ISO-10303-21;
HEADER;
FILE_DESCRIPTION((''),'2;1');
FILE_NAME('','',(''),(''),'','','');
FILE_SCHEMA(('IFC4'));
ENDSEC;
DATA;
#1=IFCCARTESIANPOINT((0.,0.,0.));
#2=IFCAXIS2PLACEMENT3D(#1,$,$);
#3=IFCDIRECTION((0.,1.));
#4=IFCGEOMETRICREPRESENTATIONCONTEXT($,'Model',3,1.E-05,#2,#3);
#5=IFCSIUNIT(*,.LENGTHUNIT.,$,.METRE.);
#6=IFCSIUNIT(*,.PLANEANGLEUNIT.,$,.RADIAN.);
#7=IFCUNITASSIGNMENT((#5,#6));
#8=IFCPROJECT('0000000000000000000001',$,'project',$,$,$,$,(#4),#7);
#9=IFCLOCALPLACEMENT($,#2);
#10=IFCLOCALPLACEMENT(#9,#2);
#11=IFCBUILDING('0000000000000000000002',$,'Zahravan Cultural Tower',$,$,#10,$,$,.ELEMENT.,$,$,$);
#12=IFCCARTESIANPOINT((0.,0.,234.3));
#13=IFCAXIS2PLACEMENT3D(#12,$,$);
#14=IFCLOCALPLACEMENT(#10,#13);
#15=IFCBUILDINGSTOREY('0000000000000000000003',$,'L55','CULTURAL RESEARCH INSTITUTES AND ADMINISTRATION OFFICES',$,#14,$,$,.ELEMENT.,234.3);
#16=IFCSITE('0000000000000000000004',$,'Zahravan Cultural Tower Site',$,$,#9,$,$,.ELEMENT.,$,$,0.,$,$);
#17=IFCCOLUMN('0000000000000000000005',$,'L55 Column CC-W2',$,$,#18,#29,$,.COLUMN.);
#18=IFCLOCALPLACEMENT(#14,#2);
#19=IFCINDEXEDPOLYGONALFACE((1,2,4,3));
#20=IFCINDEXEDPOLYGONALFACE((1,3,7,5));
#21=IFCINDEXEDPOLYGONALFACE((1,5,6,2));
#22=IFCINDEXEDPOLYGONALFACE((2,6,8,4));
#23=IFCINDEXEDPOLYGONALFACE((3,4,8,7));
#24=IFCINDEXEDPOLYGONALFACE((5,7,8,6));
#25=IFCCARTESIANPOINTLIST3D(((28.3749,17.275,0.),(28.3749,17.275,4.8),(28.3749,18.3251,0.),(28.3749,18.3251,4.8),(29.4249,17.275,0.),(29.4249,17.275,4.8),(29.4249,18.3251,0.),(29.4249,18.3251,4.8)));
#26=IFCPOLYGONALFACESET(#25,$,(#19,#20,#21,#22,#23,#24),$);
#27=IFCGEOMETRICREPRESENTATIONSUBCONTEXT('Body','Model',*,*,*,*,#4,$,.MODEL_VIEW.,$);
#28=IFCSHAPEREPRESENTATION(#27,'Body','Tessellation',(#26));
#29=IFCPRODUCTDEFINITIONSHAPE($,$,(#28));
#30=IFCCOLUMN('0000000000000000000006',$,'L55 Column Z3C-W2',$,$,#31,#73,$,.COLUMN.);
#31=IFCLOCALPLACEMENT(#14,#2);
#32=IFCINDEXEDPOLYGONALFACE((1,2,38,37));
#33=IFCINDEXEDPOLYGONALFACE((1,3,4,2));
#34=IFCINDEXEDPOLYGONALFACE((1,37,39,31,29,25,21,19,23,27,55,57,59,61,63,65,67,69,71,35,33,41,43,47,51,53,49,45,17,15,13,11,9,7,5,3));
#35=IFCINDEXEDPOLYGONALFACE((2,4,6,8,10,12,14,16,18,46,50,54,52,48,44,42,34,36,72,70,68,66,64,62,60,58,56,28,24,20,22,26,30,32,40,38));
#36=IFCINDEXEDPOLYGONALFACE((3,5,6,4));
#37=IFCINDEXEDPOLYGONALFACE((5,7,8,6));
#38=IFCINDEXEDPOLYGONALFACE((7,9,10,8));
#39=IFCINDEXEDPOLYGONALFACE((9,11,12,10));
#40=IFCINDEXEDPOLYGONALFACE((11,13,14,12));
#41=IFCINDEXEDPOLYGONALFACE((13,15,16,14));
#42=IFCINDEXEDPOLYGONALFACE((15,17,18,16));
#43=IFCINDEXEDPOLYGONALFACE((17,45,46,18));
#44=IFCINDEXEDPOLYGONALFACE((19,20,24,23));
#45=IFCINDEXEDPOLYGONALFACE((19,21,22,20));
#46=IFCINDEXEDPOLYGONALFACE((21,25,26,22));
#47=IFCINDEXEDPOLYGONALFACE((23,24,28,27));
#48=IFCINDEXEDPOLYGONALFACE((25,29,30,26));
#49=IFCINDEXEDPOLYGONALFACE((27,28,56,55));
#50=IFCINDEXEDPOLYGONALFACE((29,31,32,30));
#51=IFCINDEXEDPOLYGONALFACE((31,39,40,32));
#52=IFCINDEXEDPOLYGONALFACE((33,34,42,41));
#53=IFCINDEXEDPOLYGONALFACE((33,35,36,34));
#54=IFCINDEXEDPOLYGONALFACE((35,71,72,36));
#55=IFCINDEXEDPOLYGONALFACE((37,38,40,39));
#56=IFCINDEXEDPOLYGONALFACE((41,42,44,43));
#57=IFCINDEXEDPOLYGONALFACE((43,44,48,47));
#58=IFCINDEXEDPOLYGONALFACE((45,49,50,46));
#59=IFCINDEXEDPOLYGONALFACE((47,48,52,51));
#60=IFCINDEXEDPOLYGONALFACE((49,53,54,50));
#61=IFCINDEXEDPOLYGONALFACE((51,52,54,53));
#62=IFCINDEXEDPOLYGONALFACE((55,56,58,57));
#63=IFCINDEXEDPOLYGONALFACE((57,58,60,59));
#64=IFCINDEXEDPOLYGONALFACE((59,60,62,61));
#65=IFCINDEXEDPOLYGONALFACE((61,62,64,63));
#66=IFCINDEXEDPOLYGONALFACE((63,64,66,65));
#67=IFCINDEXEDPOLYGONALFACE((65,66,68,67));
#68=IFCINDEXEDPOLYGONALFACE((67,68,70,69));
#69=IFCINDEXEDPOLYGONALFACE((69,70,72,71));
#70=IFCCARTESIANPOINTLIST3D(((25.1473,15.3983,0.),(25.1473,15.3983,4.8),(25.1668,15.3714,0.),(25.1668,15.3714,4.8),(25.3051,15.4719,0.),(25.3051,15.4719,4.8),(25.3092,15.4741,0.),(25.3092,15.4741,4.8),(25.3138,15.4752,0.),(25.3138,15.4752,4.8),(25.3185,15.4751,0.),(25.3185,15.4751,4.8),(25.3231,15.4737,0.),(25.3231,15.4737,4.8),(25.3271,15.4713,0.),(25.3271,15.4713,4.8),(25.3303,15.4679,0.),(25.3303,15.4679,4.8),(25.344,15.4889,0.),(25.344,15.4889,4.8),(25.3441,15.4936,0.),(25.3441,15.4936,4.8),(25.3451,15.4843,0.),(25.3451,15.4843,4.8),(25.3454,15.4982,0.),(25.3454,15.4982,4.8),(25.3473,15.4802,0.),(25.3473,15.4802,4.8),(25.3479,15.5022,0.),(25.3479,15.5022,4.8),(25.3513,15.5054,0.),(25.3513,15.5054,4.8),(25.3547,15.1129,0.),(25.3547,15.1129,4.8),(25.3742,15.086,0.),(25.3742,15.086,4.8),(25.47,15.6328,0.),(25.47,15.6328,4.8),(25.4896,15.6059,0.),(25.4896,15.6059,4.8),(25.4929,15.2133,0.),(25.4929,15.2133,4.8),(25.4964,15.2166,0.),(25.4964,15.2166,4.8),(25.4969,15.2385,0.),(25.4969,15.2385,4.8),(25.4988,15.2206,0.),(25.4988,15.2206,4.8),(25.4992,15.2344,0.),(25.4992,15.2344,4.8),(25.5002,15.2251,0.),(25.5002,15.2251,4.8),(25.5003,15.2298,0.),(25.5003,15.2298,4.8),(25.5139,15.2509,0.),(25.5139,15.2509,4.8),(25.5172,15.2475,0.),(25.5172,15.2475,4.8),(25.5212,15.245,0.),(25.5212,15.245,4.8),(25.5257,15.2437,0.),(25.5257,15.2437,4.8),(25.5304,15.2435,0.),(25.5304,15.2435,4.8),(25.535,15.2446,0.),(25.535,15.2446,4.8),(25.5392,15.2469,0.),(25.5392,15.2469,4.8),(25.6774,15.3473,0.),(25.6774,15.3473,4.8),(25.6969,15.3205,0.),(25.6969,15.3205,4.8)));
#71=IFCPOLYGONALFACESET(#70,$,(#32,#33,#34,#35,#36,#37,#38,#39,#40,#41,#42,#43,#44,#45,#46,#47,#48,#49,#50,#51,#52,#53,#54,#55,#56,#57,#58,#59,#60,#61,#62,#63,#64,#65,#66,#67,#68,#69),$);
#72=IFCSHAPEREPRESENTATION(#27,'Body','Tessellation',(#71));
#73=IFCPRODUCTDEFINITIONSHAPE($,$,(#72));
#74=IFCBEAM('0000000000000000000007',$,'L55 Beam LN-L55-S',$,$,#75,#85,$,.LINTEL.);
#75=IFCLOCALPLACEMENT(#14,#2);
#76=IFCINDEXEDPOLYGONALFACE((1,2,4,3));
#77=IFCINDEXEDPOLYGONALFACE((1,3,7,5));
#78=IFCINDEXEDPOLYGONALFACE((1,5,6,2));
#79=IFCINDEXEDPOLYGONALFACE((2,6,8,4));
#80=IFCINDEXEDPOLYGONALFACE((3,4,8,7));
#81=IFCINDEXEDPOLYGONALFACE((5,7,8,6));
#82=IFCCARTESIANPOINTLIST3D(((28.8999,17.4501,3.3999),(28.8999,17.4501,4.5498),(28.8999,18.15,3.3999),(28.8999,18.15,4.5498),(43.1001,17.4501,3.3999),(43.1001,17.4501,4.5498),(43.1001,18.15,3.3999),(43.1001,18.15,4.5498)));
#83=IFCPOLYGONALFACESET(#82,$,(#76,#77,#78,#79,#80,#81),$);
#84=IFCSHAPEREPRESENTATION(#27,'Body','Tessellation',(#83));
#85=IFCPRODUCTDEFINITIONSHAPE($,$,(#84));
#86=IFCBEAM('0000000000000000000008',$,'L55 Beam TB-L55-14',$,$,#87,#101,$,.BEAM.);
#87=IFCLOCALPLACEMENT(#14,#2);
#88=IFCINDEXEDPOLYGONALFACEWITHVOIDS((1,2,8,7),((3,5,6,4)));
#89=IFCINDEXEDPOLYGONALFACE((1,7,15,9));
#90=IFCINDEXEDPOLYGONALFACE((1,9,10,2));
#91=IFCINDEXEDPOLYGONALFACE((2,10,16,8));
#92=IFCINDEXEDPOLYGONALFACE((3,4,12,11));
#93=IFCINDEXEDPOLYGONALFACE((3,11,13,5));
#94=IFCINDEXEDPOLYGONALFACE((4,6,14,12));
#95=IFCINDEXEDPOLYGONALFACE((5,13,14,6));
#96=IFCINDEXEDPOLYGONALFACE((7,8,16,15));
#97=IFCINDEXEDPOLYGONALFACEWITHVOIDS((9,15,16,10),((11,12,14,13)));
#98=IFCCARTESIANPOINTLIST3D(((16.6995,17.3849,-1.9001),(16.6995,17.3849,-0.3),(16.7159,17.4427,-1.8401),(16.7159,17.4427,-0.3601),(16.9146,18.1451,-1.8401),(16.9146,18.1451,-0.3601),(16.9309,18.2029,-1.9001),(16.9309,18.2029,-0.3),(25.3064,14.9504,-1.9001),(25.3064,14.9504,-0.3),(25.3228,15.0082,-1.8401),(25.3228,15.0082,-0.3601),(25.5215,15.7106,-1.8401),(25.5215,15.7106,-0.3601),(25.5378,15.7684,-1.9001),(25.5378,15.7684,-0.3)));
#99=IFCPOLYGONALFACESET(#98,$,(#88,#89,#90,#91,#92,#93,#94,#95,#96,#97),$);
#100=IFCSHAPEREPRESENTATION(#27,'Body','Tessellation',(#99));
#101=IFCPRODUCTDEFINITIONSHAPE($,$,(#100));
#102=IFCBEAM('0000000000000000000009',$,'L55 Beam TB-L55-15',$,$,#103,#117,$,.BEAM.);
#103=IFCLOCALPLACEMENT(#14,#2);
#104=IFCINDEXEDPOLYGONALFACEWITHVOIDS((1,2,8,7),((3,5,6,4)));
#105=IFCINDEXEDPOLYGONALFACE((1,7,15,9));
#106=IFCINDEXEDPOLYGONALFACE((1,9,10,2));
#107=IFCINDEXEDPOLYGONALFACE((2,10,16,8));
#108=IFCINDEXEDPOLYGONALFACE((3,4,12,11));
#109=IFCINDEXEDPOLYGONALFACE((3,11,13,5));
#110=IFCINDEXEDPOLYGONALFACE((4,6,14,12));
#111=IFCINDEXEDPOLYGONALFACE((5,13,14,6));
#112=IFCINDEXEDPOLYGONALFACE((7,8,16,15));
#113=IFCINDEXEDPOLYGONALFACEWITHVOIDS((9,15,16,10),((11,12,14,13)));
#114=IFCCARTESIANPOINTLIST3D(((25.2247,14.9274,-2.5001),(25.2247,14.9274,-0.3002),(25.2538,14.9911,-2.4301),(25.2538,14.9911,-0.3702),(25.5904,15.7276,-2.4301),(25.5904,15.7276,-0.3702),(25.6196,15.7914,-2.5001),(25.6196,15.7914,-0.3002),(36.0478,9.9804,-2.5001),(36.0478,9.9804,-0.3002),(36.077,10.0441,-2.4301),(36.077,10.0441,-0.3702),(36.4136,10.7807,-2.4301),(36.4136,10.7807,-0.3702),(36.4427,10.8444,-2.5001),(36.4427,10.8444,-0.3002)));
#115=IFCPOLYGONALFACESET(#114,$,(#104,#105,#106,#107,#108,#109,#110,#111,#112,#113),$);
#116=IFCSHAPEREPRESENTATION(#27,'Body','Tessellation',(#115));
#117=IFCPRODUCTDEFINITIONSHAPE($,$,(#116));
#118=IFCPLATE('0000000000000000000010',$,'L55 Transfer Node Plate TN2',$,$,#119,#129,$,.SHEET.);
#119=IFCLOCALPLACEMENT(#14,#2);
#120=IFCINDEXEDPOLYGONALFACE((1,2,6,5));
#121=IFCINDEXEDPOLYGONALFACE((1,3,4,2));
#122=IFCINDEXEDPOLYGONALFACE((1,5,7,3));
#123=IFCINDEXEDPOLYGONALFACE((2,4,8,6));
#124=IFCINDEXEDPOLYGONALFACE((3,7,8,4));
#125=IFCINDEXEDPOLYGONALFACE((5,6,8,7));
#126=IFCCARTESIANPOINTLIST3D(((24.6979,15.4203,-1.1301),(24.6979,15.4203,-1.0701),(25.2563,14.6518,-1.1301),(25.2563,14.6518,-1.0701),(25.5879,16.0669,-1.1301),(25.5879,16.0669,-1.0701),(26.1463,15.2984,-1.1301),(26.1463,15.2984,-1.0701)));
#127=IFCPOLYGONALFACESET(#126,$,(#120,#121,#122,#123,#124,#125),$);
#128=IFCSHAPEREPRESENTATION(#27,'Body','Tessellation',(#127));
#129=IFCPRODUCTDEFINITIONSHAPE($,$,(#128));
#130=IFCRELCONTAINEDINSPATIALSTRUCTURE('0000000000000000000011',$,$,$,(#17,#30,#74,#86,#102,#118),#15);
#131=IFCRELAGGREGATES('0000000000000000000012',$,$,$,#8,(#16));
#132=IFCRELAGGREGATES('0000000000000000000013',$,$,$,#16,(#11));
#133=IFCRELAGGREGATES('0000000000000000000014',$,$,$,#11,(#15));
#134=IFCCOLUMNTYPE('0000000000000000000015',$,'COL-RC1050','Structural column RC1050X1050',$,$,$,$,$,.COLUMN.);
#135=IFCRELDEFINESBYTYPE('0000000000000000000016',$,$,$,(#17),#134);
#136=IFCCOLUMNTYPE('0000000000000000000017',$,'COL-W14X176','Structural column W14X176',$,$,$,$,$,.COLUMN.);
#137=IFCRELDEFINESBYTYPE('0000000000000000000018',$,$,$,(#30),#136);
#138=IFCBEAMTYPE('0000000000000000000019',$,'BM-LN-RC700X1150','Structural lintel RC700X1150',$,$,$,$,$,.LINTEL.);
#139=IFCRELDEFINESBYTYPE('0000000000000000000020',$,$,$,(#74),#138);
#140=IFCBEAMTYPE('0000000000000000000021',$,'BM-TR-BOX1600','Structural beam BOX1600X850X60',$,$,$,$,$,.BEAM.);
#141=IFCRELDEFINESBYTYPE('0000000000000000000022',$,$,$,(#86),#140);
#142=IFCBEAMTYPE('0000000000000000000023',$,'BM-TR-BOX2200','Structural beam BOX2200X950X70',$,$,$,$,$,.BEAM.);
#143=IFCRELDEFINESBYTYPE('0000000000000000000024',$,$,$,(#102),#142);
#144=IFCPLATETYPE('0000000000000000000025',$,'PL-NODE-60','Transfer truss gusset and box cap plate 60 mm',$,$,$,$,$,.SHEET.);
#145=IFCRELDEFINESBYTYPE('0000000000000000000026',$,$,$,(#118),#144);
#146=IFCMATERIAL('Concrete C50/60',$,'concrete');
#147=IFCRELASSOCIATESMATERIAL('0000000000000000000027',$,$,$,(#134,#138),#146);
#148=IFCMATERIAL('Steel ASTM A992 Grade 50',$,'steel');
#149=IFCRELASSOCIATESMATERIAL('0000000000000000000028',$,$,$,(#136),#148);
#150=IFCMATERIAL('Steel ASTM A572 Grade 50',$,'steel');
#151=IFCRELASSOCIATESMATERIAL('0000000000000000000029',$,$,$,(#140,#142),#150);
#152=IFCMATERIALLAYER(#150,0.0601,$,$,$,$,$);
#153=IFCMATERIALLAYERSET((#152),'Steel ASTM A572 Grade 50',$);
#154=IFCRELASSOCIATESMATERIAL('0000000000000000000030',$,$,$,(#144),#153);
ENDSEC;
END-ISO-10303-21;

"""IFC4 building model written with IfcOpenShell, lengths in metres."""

from ifc_helpers import new_model, si_unit, direction, frame, origin, origin_2d, place, context, subcontext, project, spatial, rectangle, hollow_rectangle, i_section, extrude, source, transform, mapped, material, layer, layer_set, material_profile, profile_set, type_object, element, save


model = new_model("IFC4")

# Units and contexts
model_context = context("Model", 3, precision=1e-05, world=origin(), true_north=direction((0.0, 1.0)))
body_context = subcontext(model_context, "Body", "Model", "MODEL_VIEW")
ifc_project = project(units=[si_unit("LENGTHUNIT", "METRE"), si_unit("PLANEANGLEUNIT", "RADIAN")], contexts=[model_context])

# Site, building, storey
site_placement = place(None, origin())
site = spatial("IfcSite", under=ifc_project, at=site_placement, Name="Zahravan Cultural Tower Site", CompositionType="ELEMENT", RefElevation=0.0)
building_placement = place(site_placement, origin())
building = spatial("IfcBuilding", under=site, at=building_placement, Name="Zahravan Cultural Tower", CompositionType="ELEMENT")
storey_placement = place(building_placement, frame((0.0, 0.0, 234.3)))
storey = spatial("IfcBuildingStorey", under=building, at=storey_placement, Name="L55", Description="CULTURAL RESEARCH INSTITUTES AND ADMINISTRATION OFFICES", CompositionType="ELEMENT", Elevation=234.3)

# Columns
ifc_material_1 = material(Name="Concrete C50/60", Category="concrete")
ifc_material_profile_1 = material_profile(ifc_material_1, rectangle(XDim=1.05, YDim=1.05, at=origin_2d()), Name="RC1050X1050")
ifc_profile_set_1 = profile_set([ifc_material_profile_1], Name="Concrete C50/60")
column_type_1 = type_object("IfcColumnType", Name="COL-RC1050", Description="Structural column RC1050X1050", PredefinedType="COLUMN", material=ifc_profile_set_1)
shared_shape_1 = source(origin(), body_context, "Body", "SweptSolid", [
    extrude(rectangle(XDim=1.05, YDim=1.05, at=origin_2d()), origin(), (0.0, 0.0, 1.0), 4.8),
])
column_1_placement = place(storey_placement, frame((28.8999, 17.8, 0.0), z_axis=(0.0, 0.0, 1.0), x_axis=(1.0, 0.0, 0.0)))
element("IfcColumn", 1, at=column_1_placement, inside=storey, type_object=column_type_1, Name="L55 Column CC-W2", PredefinedType="COLUMN", context=body_context, shape_type="MappedRepresentation", body=[
    mapped(shared_shape_1, transform((0.0, 0.0, 0.0), x_axis=(1.0, 0.0, 0.0), y_axis=(0.0, 1.0, 0.0), z_axis=(0.0, 0.0, 1.0), scale=1.0)),
])
ifc_material_2 = material(Name="Steel ASTM A992 Grade 50", Category="steel")
ifc_material_profile_2 = material_profile(ifc_material_2, i_section(OverallWidth=0.3989, OverallDepth=0.386, WebThickness=0.021, FlangeThickness=0.0332, FilletRadius=0.0181, at=origin_2d()), Name="W14X176")
ifc_profile_set_2 = profile_set([ifc_material_profile_2], Name="Steel ASTM A992 Grade 50")
column_type_2 = type_object("IfcColumnType", Name="COL-W14X176", Description="Structural column W14X176", PredefinedType="COLUMN", material=ifc_profile_set_2)
shared_shape_2 = source(origin(), body_context, "Body", "SweptSolid", [
    extrude(i_section(OverallWidth=0.3989, OverallDepth=0.386, WebThickness=0.021, FlangeThickness=0.0332, FilletRadius=0.0181, at=origin_2d()), origin(), (0.0, 0.0, 1.0), 4.8),
])
column_2_placement = place(storey_placement, frame((25.4221, 15.3594, 0.0), z_axis=(0.0, 0.0, 1.0), x_axis=(0.809017, 0.587785, 0.0)))
element("IfcColumn", 2, at=column_2_placement, inside=storey, type_object=column_type_2, Name="L55 Column Z3C-W2", PredefinedType="COLUMN", context=body_context, shape_type="MappedRepresentation", body=[
    mapped(shared_shape_2, transform((0.0, 0.0, 0.0), x_axis=(1.0, 0.0, 0.0), y_axis=(0.0, 1.0, 0.0), z_axis=(0.0, 0.0, 1.0), scale=1.0)),
])

# Beams
ifc_material_profile_3 = material_profile(ifc_material_1, rectangle(XDim=0.7, YDim=1.1499, at=origin_2d()), Name="RC700X1150")
ifc_profile_set_3 = profile_set([ifc_material_profile_3], Name="Concrete C50/60")
beam_type_1 = type_object("IfcBeamType", Name="BM-LN-RC700X1150", Description="Structural lintel RC700X1150", PredefinedType="LINTEL", material=ifc_profile_set_3)
shared_shape_3 = source(origin(), body_context, "Body", "SweptSolid", [
    extrude(rectangle(XDim=0.7, YDim=1.1499, at=origin_2d()), origin(), (0.0, 0.0, 1.0), 14.2002),
])
beam_1_placement = place(storey_placement, frame((28.8999, 17.8, 3.9749), z_axis=(1.0, 0.0, 0.0), x_axis=(0.0, 1.0, 0.0)))
element("IfcBeam", 3, at=beam_1_placement, inside=storey, type_object=beam_type_1, Name="L55 Beam LN-L55-S", PredefinedType="LINTEL", context=body_context, shape_type="MappedRepresentation", body=[
    mapped(shared_shape_3, transform((0.0, 0.0, 0.0), x_axis=(1.0, 0.0, 0.0), y_axis=(0.0, 1.0, 0.0), z_axis=(0.0, 0.0, 1.0), scale=1.0)),
])
ifc_material_3 = material(Name="Steel ASTM A572 Grade 50", Category="steel")
ifc_material_profile_4 = material_profile(ifc_material_3, hollow_rectangle(XDim=0.8501, YDim=1.6001, WallThickness=0.0601, at=origin_2d()), Name="BOX1600X850X60")
ifc_profile_set_4 = profile_set([ifc_material_profile_4], Name="Steel ASTM A572 Grade 50")
beam_type_2 = type_object("IfcBeamType", Name="BM-TR-BOX1600", Description="Structural beam BOX1600X850X60", PredefinedType="BEAM", material=ifc_profile_set_4)
shared_shape_4 = source(origin(), body_context, "Body", "SweptSolid", [
    extrude(hollow_rectangle(XDim=0.8501, YDim=1.6001, WallThickness=0.0601, at=origin_2d()), origin(), (0.0, 0.0, 1.0), 8.9446),
])
beam_2_placement = place(storey_placement, frame((25.4221, 15.3594, -1.1001), z_axis=(-0.962246, 0.272182, 0.0), x_axis=(-0.272182, -0.962246, 0.0)))
element("IfcBeam", 4, at=beam_2_placement, inside=storey, type_object=beam_type_2, Name="L55 Beam TB-L55-14", PredefinedType="BEAM", context=body_context, shape_type="MappedRepresentation", body=[
    mapped(shared_shape_4, transform((0.0, 0.0, 0.0), x_axis=(1.0, 0.0, 0.0), y_axis=(0.0, 1.0, 0.0), z_axis=(0.0, 0.0, 1.0), scale=1.0)),
])
ifc_material_profile_5 = material_profile(ifc_material_3, hollow_rectangle(XDim=0.95, YDim=2.2, WallThickness=0.0701, at=origin_2d()), Name="BOX2200X950X70")
ifc_profile_set_5 = profile_set([ifc_material_profile_5], Name="Steel ASTM A572 Grade 50")
beam_type_3 = type_object("IfcBeamType", Name="BM-TR-BOX2200", Description="Structural beam BOX2200X950X70", PredefinedType="BEAM", material=ifc_profile_set_5)
shared_shape_5 = source(origin(), body_context, "Body", "SweptSolid", [
    extrude(hollow_rectangle(XDim=0.95, YDim=2.2, WallThickness=0.0701, at=origin_2d()), origin(), (0.0, 0.0, 1.0), 11.9001),
])
beam_3_placement = place(storey_placement, frame((25.4221, 15.3594, -1.4001), z_axis=(0.909498, -0.415708, 0.0), x_axis=(0.415708, 0.909498, 0.0)))
element("IfcBeam", 5, at=beam_3_placement, inside=storey, type_object=beam_type_3, Name="L55 Beam TB-L55-15", PredefinedType="BEAM", context=body_context, shape_type="MappedRepresentation", body=[
    mapped(shared_shape_5, transform((0.0, 0.0, 0.0), x_axis=(1.0, 0.0, 0.0), y_axis=(0.0, 1.0, 0.0), z_axis=(0.0, 0.0, 1.0), scale=1.0)),
])

# Plate
ifc_layer_1 = layer(ifc_material_3, 0.0601)
ifc_layer_set_1 = layer_set([ifc_layer_1], Name="Steel ASTM A572 Grade 50")
plate_type = type_object("IfcPlateType", Name="PL-NODE-60", Description="Transfer truss gusset and box cap plate 60 mm", PredefinedType="SHEET", material=ifc_layer_set_1)
shared_shape_6 = source(origin(), body_context, "Body", "SweptSolid", [
    extrude(rectangle(XDim=1.1001, YDim=0.95, at=origin_2d()), origin(), (0.0, 0.0, 1.0), 0.0601),
])
plate_placement = place(storey_placement, frame((25.4221, 15.3594, -1.1301), z_axis=(0.0, 0.0, 1.0), x_axis=(0.809017, 0.587785, 0.0)))
element("IfcPlate", 6, at=plate_placement, inside=storey, type_object=plate_type, Name="L55 Transfer Node Plate TN2", PredefinedType="SHEET", context=body_context, shape_type="MappedRepresentation", body=[
    mapped(shared_shape_6, transform((0.0, 0.0, 0.0), x_axis=(1.0, 0.0, 0.0), y_axis=(0.0, 1.0, 0.0), z_axis=(0.0, 0.0, 1.0), scale=1.0)),
])

save(model, "model.ifc")
